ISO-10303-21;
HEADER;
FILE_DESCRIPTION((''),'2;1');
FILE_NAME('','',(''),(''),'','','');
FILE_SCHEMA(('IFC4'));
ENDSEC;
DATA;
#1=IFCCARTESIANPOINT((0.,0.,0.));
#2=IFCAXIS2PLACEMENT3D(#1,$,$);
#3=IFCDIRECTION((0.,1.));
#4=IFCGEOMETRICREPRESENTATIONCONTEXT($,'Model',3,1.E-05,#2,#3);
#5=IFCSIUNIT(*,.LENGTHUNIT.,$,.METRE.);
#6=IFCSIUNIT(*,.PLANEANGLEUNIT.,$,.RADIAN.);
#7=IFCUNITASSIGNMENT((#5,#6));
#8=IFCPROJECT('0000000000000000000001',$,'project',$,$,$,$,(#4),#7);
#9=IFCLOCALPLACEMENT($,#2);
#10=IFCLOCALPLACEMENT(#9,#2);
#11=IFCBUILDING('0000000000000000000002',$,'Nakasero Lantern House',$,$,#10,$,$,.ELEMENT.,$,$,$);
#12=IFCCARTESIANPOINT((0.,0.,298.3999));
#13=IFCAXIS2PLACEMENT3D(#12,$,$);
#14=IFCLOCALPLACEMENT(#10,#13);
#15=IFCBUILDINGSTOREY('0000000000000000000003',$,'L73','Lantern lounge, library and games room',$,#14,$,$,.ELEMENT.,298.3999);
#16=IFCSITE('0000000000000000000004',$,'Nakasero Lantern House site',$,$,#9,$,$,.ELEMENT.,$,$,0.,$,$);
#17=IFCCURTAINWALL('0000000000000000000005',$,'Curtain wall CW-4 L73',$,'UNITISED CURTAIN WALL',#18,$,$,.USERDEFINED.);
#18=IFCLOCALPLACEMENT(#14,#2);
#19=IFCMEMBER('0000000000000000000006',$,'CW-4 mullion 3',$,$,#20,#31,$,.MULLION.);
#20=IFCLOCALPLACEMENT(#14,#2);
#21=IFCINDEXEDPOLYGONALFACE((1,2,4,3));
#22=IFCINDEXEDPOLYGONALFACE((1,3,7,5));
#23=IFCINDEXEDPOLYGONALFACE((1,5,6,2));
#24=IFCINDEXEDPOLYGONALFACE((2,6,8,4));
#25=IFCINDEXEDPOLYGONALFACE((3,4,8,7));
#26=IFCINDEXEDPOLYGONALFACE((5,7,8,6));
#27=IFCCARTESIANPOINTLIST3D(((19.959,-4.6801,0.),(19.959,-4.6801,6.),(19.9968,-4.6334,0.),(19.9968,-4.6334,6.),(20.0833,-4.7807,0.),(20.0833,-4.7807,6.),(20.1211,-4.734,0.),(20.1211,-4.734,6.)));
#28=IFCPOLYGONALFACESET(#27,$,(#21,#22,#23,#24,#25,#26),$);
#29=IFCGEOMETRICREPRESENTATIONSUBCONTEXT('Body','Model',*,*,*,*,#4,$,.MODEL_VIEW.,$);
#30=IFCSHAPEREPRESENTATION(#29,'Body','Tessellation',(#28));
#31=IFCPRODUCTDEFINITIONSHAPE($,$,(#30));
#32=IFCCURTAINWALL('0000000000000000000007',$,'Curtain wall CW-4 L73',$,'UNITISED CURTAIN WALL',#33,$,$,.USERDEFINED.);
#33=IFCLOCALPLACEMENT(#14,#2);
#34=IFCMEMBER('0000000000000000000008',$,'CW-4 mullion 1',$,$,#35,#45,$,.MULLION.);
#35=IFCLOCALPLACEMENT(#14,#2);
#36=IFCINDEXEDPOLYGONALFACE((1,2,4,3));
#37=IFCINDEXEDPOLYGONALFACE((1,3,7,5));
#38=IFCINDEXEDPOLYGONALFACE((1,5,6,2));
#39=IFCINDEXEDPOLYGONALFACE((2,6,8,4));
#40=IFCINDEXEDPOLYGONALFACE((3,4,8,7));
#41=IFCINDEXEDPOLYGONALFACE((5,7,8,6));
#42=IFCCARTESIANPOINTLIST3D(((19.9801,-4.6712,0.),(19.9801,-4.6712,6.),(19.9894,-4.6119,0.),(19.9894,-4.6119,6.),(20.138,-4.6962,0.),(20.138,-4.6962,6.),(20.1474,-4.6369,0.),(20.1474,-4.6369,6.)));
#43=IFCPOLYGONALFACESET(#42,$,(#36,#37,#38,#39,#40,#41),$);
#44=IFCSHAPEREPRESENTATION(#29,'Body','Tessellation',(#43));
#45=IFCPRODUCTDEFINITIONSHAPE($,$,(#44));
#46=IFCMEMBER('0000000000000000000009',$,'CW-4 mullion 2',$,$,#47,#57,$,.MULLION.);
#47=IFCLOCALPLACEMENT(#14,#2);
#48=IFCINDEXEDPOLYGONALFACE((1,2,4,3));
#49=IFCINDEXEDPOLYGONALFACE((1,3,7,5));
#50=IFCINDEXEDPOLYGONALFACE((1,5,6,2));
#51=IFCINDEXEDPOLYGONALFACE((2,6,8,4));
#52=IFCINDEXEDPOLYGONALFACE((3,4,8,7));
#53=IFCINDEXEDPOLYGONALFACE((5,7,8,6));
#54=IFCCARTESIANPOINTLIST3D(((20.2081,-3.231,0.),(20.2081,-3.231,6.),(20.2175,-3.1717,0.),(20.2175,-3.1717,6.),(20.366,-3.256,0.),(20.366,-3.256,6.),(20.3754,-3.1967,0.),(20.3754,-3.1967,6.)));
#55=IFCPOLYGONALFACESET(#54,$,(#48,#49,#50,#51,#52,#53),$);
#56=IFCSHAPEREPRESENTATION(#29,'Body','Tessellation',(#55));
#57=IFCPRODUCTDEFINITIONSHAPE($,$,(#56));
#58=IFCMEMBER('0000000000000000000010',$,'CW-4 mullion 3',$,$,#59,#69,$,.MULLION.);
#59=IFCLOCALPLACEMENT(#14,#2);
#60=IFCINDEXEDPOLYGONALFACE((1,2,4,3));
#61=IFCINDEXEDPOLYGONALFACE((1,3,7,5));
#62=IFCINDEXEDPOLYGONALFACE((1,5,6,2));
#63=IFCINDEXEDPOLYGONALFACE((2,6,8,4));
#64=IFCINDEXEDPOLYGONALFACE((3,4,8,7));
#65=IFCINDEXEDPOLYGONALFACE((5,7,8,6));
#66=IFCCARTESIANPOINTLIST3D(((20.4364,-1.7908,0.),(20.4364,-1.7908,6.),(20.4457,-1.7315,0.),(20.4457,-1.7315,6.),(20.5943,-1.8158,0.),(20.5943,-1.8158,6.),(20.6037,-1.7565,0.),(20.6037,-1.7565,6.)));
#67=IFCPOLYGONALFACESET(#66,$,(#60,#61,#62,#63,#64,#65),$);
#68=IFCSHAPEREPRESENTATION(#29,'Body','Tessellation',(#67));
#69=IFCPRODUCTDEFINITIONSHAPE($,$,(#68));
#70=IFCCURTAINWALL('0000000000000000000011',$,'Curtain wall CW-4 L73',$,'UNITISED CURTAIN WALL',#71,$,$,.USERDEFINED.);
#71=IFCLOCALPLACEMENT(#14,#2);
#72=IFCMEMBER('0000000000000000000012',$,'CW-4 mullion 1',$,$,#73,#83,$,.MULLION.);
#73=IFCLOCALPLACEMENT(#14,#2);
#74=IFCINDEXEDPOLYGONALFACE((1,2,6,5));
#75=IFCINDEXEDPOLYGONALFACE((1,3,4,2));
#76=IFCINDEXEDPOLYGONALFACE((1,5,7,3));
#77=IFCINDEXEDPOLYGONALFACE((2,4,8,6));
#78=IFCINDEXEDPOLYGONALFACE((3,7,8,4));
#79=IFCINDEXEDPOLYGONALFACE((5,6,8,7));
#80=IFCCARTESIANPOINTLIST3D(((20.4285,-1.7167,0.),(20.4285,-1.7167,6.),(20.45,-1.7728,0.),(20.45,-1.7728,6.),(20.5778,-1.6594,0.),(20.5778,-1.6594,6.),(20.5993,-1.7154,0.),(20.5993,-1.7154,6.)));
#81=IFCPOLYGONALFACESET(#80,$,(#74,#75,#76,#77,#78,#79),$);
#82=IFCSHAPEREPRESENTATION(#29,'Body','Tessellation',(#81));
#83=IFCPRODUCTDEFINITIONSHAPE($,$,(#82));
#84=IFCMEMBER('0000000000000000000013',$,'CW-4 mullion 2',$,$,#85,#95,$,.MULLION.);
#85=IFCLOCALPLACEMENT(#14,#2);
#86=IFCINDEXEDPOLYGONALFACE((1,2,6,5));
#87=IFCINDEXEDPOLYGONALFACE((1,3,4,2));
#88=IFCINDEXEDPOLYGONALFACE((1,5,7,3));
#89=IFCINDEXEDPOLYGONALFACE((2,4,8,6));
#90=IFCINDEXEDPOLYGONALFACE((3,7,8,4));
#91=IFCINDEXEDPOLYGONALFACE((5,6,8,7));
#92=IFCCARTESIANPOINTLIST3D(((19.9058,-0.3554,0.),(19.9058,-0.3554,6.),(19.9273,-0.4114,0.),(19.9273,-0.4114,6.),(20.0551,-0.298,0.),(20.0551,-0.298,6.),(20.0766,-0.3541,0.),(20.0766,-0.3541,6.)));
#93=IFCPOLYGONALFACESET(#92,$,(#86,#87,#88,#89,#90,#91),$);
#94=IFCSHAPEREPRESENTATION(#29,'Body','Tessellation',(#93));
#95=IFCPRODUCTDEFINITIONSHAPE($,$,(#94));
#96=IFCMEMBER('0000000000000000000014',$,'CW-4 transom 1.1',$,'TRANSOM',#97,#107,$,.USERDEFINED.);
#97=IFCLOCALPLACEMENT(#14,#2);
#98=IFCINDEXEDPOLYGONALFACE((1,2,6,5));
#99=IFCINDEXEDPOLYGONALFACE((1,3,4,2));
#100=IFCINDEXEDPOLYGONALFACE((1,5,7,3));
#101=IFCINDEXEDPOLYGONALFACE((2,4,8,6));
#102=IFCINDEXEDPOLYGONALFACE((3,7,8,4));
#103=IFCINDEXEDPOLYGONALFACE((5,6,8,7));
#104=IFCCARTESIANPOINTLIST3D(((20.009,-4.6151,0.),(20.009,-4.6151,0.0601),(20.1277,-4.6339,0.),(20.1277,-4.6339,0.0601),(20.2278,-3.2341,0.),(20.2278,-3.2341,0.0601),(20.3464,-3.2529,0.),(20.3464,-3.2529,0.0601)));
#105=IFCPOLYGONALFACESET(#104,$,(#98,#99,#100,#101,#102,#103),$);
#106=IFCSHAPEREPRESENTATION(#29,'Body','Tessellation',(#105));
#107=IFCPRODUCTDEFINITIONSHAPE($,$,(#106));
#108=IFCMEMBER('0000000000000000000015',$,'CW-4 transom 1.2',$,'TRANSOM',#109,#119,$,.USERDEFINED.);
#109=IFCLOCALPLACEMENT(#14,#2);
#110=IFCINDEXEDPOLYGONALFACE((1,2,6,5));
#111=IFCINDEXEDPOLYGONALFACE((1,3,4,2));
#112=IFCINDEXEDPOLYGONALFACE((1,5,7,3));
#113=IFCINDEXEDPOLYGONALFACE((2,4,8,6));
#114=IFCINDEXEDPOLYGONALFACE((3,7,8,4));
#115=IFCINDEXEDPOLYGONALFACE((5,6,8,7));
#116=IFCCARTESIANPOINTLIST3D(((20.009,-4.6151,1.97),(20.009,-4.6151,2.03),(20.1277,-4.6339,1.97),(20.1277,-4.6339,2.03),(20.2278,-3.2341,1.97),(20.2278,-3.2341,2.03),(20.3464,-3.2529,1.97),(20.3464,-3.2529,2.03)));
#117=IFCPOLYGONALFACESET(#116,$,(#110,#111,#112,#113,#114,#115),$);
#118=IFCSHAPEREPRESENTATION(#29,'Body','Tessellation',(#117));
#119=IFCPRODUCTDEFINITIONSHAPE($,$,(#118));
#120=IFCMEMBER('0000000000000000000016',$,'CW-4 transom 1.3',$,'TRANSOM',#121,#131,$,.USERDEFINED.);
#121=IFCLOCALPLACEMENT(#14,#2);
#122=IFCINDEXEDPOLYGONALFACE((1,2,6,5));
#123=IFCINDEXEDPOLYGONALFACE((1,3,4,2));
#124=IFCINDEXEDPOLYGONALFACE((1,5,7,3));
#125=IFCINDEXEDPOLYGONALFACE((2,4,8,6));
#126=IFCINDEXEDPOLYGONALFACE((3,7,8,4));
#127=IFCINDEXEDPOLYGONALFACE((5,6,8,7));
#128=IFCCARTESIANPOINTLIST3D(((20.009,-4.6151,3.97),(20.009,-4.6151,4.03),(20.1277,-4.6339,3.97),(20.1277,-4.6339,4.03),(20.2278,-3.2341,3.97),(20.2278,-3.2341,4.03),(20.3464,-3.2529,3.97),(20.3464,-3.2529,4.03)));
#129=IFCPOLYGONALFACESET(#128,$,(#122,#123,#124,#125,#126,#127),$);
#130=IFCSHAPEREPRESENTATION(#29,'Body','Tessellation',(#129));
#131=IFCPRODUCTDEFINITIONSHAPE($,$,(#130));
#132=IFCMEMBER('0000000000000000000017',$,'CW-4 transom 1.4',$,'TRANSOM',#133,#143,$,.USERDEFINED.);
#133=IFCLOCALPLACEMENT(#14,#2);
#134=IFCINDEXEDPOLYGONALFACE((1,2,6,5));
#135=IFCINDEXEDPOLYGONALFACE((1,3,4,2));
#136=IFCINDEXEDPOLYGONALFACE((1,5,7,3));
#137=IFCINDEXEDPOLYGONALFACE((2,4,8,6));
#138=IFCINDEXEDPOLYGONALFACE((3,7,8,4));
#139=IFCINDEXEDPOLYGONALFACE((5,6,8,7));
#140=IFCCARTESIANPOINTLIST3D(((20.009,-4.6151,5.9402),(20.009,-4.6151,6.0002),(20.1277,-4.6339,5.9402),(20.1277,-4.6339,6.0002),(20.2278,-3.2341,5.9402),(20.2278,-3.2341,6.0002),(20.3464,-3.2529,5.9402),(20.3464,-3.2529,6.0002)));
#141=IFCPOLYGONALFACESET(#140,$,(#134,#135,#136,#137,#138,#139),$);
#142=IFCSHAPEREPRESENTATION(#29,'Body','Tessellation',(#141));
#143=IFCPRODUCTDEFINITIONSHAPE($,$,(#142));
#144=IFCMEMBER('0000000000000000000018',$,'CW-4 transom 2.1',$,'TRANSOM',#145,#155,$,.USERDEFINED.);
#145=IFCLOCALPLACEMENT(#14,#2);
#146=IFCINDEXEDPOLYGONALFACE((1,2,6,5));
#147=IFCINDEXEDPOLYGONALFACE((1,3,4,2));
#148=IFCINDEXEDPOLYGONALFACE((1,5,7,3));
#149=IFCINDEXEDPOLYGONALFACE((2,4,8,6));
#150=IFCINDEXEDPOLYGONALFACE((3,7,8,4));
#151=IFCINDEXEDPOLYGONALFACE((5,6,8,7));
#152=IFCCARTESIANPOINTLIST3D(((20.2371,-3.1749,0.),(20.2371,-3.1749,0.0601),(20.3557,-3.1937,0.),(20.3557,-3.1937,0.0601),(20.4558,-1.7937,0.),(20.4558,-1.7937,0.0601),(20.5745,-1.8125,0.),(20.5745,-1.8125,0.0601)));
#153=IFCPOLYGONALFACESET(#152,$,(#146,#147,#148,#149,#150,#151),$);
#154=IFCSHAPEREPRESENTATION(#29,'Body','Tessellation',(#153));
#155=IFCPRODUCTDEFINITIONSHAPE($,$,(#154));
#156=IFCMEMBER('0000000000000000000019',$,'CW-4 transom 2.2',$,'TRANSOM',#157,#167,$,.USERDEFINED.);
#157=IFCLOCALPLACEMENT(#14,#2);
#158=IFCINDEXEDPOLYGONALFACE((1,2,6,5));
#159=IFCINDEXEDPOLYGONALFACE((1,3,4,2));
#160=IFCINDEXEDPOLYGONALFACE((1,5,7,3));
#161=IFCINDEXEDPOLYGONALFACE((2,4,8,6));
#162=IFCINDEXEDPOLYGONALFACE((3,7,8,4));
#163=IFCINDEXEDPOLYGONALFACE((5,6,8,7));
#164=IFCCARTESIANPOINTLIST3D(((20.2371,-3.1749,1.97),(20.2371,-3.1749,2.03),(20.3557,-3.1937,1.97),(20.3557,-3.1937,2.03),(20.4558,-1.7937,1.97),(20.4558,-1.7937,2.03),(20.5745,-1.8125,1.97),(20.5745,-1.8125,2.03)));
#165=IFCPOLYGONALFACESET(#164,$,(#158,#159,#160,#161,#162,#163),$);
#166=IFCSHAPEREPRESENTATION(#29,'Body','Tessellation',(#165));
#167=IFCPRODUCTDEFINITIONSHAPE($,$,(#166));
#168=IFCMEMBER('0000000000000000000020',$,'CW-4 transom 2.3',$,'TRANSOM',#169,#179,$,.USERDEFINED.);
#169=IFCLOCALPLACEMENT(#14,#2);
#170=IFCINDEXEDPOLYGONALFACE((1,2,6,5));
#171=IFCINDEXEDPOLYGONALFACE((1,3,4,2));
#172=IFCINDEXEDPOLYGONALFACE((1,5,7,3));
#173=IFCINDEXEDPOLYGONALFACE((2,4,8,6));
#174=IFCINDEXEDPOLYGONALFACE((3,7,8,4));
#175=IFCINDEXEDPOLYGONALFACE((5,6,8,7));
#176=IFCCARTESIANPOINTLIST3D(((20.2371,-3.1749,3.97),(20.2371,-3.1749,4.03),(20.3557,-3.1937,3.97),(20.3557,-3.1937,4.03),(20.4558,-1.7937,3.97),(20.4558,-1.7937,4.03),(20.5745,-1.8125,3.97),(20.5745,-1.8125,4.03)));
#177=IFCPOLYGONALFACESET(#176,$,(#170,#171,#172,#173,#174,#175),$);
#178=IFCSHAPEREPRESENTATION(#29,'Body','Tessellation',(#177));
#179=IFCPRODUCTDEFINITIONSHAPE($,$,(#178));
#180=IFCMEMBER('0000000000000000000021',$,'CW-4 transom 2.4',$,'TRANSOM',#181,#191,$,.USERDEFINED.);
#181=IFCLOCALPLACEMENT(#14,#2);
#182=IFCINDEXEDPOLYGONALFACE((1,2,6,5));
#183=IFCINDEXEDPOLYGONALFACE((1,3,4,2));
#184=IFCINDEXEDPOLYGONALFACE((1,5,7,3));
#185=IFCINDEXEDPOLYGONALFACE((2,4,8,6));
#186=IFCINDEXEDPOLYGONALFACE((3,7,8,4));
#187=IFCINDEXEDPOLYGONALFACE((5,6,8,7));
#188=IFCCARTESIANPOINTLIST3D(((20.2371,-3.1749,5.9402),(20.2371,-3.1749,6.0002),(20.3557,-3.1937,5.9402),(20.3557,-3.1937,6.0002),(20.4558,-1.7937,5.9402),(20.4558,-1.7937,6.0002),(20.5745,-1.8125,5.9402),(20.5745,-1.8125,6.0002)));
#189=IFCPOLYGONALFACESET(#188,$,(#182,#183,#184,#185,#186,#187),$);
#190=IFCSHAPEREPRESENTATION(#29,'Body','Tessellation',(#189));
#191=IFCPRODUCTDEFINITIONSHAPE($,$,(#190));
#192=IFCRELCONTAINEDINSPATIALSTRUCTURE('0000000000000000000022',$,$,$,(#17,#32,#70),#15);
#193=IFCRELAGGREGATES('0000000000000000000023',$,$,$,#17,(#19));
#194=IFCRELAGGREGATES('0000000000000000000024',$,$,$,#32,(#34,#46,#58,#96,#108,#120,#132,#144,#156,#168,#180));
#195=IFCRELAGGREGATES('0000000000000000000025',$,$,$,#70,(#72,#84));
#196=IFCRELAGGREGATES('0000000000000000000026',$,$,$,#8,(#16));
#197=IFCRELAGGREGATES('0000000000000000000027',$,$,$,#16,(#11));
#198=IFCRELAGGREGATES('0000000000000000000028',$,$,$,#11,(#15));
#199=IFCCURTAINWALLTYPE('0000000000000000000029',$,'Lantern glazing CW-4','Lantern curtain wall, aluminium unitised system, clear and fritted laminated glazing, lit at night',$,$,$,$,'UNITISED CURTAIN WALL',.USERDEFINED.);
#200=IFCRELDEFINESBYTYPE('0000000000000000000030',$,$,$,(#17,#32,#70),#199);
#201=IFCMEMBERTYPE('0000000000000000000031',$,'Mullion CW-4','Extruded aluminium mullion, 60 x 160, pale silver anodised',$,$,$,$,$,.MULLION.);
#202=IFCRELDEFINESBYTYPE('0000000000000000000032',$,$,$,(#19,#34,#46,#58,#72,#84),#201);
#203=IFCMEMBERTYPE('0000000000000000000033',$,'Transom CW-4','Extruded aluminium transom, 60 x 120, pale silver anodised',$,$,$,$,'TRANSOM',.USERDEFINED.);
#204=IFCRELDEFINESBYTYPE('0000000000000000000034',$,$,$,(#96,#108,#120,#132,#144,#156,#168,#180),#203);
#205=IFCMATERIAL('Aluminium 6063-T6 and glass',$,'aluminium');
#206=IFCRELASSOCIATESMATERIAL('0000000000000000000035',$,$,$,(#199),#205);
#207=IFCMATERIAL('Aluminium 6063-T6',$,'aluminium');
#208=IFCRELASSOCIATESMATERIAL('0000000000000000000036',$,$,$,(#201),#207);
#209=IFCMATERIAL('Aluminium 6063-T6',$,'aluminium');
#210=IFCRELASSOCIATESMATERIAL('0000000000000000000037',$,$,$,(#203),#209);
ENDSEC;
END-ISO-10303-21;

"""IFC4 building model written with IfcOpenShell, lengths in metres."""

from ifc_helpers import new_model, si_unit, direction, frame, origin, origin_2d, place, context, subcontext, project, spatial, rectangle, extrude, material, material_profile, profile_set, type_object, element, aggregate, save


model = new_model("IFC4")

# Units and contexts
model_context = context("Model", 3, precision=1e-05, world=origin(), true_north=direction((0.0, 1.0)))
body_context = subcontext(model_context, "Body", "Model", "MODEL_VIEW")
ifc_project = project(units=[si_unit("LENGTHUNIT", "METRE"), si_unit("PLANEANGLEUNIT", "RADIAN")], contexts=[model_context])

# Site, building, storey
site_placement = place(None, origin())
site = spatial("IfcSite", under=ifc_project, at=site_placement, Name="Nakasero Lantern House site", CompositionType="ELEMENT", RefElevation=0.0)
building_placement = place(site_placement, origin())
building = spatial("IfcBuilding", under=site, at=building_placement, Name="Nakasero Lantern House", CompositionType="ELEMENT")
storey_placement = place(building_placement, frame((0.0, 0.0, 298.3999)))
storey = spatial("IfcBuildingStorey", under=building, at=storey_placement, Name="L73", Description="Lantern lounge, library and games room", CompositionType="ELEMENT", Elevation=298.3999)

# Curtain wall, member
ifc_material_1 = material(Name="Aluminium 6063-T6 and glass", Category="aluminium")
curtain_wall_type = type_object("IfcCurtainWallType", Name="Lantern glazing CW-4", Description="Lantern curtain wall, aluminium unitised system, clear and fritted laminated glazing, lit at night", ElementType="UNITISED CURTAIN WALL", PredefinedType="USERDEFINED", material=ifc_material_1)
curtain_wall_1_placement = place(storey_placement, origin())
curtain_wall_1 = element("IfcCurtainWall", 1, at=curtain_wall_1_placement, inside=storey, type_object=curtain_wall_type, Name="Curtain wall CW-4 L73", ObjectType="UNITISED CURTAIN WALL", PredefinedType="USERDEFINED")
ifc_material_2 = material(Name="Aluminium 6063-T6", Category="aluminium")
ifc_material_profile_1 = material_profile(ifc_material_2, rectangle(XDim=0.0601, YDim=0.1599, at=origin_2d()), Name="CW-4 mullion 60x160")
ifc_profile_set_1 = profile_set([ifc_material_profile_1], Name="Aluminium 6063-T6")
member_type_1 = type_object("IfcMemberType", Name="Mullion CW-4", Description="Extruded aluminium mullion, 60 x 160, pale silver anodised", PredefinedType="MULLION", material=ifc_profile_set_1)
member_1_placement = place(storey_placement, frame((20.04, -4.707, 0.0), z_axis=(0.0, 0.0, 1.0), x_axis=(0.62932, 0.777146, 0.0)))
member_1 = element("IfcMember", 2, at=member_1_placement, type_object=member_type_1, Name="CW-4 mullion 3", PredefinedType="MULLION", context=body_context, shape_type="SweptSolid", body=[
    extrude(rectangle(XDim=0.0601, YDim=0.1599, at=origin_2d()), origin(), (0.0, 0.0, 1.0), 6.0),
])
aggregate(curtain_wall_1, [member_1])

# Curtain walls, members
curtain_wall_2_placement = place(storey_placement, origin())
curtain_wall_2 = element("IfcCurtainWall", 3, at=curtain_wall_2_placement, inside=storey, type_object=curtain_wall_type, Name="Curtain wall CW-4 L73", ObjectType="UNITISED CURTAIN WALL", PredefinedType="USERDEFINED")
member_2_placement = place(storey_placement, frame((20.0637, -4.6541, 0.0), z_axis=(0.0, 0.0, 1.0), x_axis=(0.156434, 0.987688, 0.0)))
member_2 = element("IfcMember", 4, at=member_2_placement, type_object=member_type_1, Name="CW-4 mullion 1", PredefinedType="MULLION", context=body_context, shape_type="SweptSolid", body=[
    extrude(rectangle(XDim=0.0601, YDim=0.1599, at=origin_2d()), origin(), (0.0, 0.0, 1.0), 6.0),
])
member_3_placement = place(storey_placement, frame((20.2917, -3.2139, 0.0), z_axis=(0.0, 0.0, 1.0), x_axis=(0.156434, 0.987688, 0.0)))
member_3 = element("IfcMember", 5, at=member_3_placement, type_object=member_type_1, Name="CW-4 mullion 2", PredefinedType="MULLION", context=body_context, shape_type="SweptSolid", body=[
    extrude(rectangle(XDim=0.0601, YDim=0.1599, at=origin_2d()), origin(), (0.0, 0.0, 1.0), 6.0),
])
member_4_placement = place(storey_placement, frame((20.52, -1.7737, 0.0), z_axis=(0.0, 0.0, 1.0), x_axis=(0.156434, 0.987688, 0.0)))
member_4 = element("IfcMember", 6, at=member_4_placement, type_object=member_type_1, Name="CW-4 mullion 3", PredefinedType="MULLION", context=body_context, shape_type="SweptSolid", body=[
    extrude(rectangle(XDim=0.0601, YDim=0.1599, at=origin_2d()), origin(), (0.0, 0.0, 1.0), 6.0),
])
curtain_wall_3_placement = place(storey_placement, origin())
curtain_wall_3 = element("IfcCurtainWall", 7, at=curtain_wall_3_placement, inside=storey, type_object=curtain_wall_type, Name="Curtain wall CW-4 L73", ObjectType="UNITISED CURTAIN WALL", PredefinedType="USERDEFINED")
member_5_placement = place(storey_placement, frame((20.5139, -1.7161, 0.0), z_axis=(0.0, 0.0, 1.0), x_axis=(-0.358368, 0.93358, 0.0)))
member_5 = element("IfcMember", 8, at=member_5_placement, type_object=member_type_1, Name="CW-4 mullion 1", PredefinedType="MULLION", context=body_context, shape_type="SweptSolid", body=[
    extrude(rectangle(XDim=0.0601, YDim=0.1599, at=origin_2d()), origin(), (0.0, 0.0, 1.0), 6.0),
])
member_6_placement = place(storey_placement, frame((19.9912, -0.3547, 0.0), z_axis=(0.0, 0.0, 1.0), x_axis=(-0.358368, 0.93358, 0.0)))
member_6 = element("IfcMember", 9, at=member_6_placement, type_object=member_type_1, Name="CW-4 mullion 2", PredefinedType="MULLION", context=body_context, shape_type="SweptSolid", body=[
    extrude(rectangle(XDim=0.0601, YDim=0.1599, at=origin_2d()), origin(), (0.0, 0.0, 1.0), 6.0),
])

# Members
ifc_material_3 = material(Name="Aluminium 6063-T6", Category="aluminium")
ifc_material_profile_2 = material_profile(ifc_material_3, rectangle(XDim=0.0601, YDim=0.1201, at=origin_2d()), Name="CW-4 transom 60x120")
ifc_profile_set_2 = profile_set([ifc_material_profile_2], Name="Aluminium 6063-T6")
member_type_2 = type_object("IfcMemberType", Name="Transom CW-4", Description="Extruded aluminium transom, 60 x 120, pale silver anodised", ElementType="TRANSOM", PredefinedType="USERDEFINED", material=ifc_profile_set_2)
member_7_placement = place(storey_placement, frame((20.0684, -4.6245, 0.03), z_axis=(0.156465, 0.987684, 0.0), x_axis=(0.0, 0.0, 1.0)))
member_7 = element("IfcMember", 10, at=member_7_placement, type_object=member_type_2, Name="CW-4 transom 1.1", ObjectType="TRANSOM", PredefinedType="USERDEFINED", context=body_context, shape_type="SweptSolid", body=[
    extrude(rectangle(XDim=0.0601, YDim=0.1201, at=origin_2d()), origin(), (0.0, 0.0, 1.0), 1.3982),
])
member_8_placement = place(storey_placement, frame((20.0684, -4.6245, 2.0), z_axis=(0.156465, 0.987684, 0.0), x_axis=(0.0, 0.0, 1.0)))
member_8 = element("IfcMember", 11, at=member_8_placement, type_object=member_type_2, Name="CW-4 transom 1.2", ObjectType="TRANSOM", PredefinedType="USERDEFINED", context=body_context, shape_type="SweptSolid", body=[
    extrude(rectangle(XDim=0.0601, YDim=0.1201, at=origin_2d()), origin(), (0.0, 0.0, 1.0), 1.3982),
])
member_9_placement = place(storey_placement, frame((20.0684, -4.6245, 4.0), z_axis=(0.156465, 0.987684, 0.0), x_axis=(0.0, 0.0, 1.0)))
member_9 = element("IfcMember", 12, at=member_9_placement, type_object=member_type_2, Name="CW-4 transom 1.3", ObjectType="TRANSOM", PredefinedType="USERDEFINED", context=body_context, shape_type="SweptSolid", body=[
    extrude(rectangle(XDim=0.0601, YDim=0.1201, at=origin_2d()), origin(), (0.0, 0.0, 1.0), 1.3982),
])
member_10_placement = place(storey_placement, frame((20.0684, -4.6245, 5.9702), z_axis=(0.156465, 0.987684, 0.0), x_axis=(0.0, 0.0, 1.0)))
member_10 = element("IfcMember", 13, at=member_10_placement, type_object=member_type_2, Name="CW-4 transom 1.4", ObjectType="TRANSOM", PredefinedType="USERDEFINED", context=body_context, shape_type="SweptSolid", body=[
    extrude(rectangle(XDim=0.0601, YDim=0.1201, at=origin_2d()), origin(), (0.0, 0.0, 1.0), 1.3982),
])
member_11_placement = place(storey_placement, frame((20.2964, -3.1843, 0.03), z_axis=(0.156438, 0.987688, 0.0), x_axis=(0.0, 0.0, 1.0)))
member_11 = element("IfcMember", 14, at=member_11_placement, type_object=member_type_2, Name="CW-4 transom 2.1", ObjectType="TRANSOM", PredefinedType="USERDEFINED", context=body_context, shape_type="SweptSolid", body=[
    extrude(rectangle(XDim=0.0601, YDim=0.1201, at=origin_2d()), origin(), (0.0, 0.0, 1.0), 1.3984),
])
member_12_placement = place(storey_placement, frame((20.2964, -3.1843, 2.0), z_axis=(0.156438, 0.987688, 0.0), x_axis=(0.0, 0.0, 1.0)))
member_12 = element("IfcMember", 15, at=member_12_placement, type_object=member_type_2, Name="CW-4 transom 2.2", ObjectType="TRANSOM", PredefinedType="USERDEFINED", context=body_context, shape_type="SweptSolid", body=[
    extrude(rectangle(XDim=0.0601, YDim=0.1201, at=origin_2d()), origin(), (0.0, 0.0, 1.0), 1.3984),
])
member_13_placement = place(storey_placement, frame((20.2964, -3.1843, 4.0), z_axis=(0.156438, 0.987688, 0.0), x_axis=(0.0, 0.0, 1.0)))
member_13 = element("IfcMember", 16, at=member_13_placement, type_object=member_type_2, Name="CW-4 transom 2.3", ObjectType="TRANSOM", PredefinedType="USERDEFINED", context=body_context, shape_type="SweptSolid", body=[
    extrude(rectangle(XDim=0.0601, YDim=0.1201, at=origin_2d()), origin(), (0.0, 0.0, 1.0), 1.3984),
])
member_14_placement = place(storey_placement, frame((20.2964, -3.1843, 5.9702), z_axis=(0.156438, 0.987688, 0.0), x_axis=(0.0, 0.0, 1.0)))
member_14 = element("IfcMember", 17, at=member_14_placement, type_object=member_type_2, Name="CW-4 transom 2.4", ObjectType="TRANSOM", PredefinedType="USERDEFINED", context=body_context, shape_type="SweptSolid", body=[
    extrude(rectangle(XDim=0.0601, YDim=0.1201, at=origin_2d()), origin(), (0.0, 0.0, 1.0), 1.3984),
])

aggregate(curtain_wall_2, [member_2, member_3, member_4, member_7, member_8, member_9, member_10, member_11, member_12, member_13, member_14])
aggregate(curtain_wall_3, [member_5, member_6])

save(model, "model.ifc")
